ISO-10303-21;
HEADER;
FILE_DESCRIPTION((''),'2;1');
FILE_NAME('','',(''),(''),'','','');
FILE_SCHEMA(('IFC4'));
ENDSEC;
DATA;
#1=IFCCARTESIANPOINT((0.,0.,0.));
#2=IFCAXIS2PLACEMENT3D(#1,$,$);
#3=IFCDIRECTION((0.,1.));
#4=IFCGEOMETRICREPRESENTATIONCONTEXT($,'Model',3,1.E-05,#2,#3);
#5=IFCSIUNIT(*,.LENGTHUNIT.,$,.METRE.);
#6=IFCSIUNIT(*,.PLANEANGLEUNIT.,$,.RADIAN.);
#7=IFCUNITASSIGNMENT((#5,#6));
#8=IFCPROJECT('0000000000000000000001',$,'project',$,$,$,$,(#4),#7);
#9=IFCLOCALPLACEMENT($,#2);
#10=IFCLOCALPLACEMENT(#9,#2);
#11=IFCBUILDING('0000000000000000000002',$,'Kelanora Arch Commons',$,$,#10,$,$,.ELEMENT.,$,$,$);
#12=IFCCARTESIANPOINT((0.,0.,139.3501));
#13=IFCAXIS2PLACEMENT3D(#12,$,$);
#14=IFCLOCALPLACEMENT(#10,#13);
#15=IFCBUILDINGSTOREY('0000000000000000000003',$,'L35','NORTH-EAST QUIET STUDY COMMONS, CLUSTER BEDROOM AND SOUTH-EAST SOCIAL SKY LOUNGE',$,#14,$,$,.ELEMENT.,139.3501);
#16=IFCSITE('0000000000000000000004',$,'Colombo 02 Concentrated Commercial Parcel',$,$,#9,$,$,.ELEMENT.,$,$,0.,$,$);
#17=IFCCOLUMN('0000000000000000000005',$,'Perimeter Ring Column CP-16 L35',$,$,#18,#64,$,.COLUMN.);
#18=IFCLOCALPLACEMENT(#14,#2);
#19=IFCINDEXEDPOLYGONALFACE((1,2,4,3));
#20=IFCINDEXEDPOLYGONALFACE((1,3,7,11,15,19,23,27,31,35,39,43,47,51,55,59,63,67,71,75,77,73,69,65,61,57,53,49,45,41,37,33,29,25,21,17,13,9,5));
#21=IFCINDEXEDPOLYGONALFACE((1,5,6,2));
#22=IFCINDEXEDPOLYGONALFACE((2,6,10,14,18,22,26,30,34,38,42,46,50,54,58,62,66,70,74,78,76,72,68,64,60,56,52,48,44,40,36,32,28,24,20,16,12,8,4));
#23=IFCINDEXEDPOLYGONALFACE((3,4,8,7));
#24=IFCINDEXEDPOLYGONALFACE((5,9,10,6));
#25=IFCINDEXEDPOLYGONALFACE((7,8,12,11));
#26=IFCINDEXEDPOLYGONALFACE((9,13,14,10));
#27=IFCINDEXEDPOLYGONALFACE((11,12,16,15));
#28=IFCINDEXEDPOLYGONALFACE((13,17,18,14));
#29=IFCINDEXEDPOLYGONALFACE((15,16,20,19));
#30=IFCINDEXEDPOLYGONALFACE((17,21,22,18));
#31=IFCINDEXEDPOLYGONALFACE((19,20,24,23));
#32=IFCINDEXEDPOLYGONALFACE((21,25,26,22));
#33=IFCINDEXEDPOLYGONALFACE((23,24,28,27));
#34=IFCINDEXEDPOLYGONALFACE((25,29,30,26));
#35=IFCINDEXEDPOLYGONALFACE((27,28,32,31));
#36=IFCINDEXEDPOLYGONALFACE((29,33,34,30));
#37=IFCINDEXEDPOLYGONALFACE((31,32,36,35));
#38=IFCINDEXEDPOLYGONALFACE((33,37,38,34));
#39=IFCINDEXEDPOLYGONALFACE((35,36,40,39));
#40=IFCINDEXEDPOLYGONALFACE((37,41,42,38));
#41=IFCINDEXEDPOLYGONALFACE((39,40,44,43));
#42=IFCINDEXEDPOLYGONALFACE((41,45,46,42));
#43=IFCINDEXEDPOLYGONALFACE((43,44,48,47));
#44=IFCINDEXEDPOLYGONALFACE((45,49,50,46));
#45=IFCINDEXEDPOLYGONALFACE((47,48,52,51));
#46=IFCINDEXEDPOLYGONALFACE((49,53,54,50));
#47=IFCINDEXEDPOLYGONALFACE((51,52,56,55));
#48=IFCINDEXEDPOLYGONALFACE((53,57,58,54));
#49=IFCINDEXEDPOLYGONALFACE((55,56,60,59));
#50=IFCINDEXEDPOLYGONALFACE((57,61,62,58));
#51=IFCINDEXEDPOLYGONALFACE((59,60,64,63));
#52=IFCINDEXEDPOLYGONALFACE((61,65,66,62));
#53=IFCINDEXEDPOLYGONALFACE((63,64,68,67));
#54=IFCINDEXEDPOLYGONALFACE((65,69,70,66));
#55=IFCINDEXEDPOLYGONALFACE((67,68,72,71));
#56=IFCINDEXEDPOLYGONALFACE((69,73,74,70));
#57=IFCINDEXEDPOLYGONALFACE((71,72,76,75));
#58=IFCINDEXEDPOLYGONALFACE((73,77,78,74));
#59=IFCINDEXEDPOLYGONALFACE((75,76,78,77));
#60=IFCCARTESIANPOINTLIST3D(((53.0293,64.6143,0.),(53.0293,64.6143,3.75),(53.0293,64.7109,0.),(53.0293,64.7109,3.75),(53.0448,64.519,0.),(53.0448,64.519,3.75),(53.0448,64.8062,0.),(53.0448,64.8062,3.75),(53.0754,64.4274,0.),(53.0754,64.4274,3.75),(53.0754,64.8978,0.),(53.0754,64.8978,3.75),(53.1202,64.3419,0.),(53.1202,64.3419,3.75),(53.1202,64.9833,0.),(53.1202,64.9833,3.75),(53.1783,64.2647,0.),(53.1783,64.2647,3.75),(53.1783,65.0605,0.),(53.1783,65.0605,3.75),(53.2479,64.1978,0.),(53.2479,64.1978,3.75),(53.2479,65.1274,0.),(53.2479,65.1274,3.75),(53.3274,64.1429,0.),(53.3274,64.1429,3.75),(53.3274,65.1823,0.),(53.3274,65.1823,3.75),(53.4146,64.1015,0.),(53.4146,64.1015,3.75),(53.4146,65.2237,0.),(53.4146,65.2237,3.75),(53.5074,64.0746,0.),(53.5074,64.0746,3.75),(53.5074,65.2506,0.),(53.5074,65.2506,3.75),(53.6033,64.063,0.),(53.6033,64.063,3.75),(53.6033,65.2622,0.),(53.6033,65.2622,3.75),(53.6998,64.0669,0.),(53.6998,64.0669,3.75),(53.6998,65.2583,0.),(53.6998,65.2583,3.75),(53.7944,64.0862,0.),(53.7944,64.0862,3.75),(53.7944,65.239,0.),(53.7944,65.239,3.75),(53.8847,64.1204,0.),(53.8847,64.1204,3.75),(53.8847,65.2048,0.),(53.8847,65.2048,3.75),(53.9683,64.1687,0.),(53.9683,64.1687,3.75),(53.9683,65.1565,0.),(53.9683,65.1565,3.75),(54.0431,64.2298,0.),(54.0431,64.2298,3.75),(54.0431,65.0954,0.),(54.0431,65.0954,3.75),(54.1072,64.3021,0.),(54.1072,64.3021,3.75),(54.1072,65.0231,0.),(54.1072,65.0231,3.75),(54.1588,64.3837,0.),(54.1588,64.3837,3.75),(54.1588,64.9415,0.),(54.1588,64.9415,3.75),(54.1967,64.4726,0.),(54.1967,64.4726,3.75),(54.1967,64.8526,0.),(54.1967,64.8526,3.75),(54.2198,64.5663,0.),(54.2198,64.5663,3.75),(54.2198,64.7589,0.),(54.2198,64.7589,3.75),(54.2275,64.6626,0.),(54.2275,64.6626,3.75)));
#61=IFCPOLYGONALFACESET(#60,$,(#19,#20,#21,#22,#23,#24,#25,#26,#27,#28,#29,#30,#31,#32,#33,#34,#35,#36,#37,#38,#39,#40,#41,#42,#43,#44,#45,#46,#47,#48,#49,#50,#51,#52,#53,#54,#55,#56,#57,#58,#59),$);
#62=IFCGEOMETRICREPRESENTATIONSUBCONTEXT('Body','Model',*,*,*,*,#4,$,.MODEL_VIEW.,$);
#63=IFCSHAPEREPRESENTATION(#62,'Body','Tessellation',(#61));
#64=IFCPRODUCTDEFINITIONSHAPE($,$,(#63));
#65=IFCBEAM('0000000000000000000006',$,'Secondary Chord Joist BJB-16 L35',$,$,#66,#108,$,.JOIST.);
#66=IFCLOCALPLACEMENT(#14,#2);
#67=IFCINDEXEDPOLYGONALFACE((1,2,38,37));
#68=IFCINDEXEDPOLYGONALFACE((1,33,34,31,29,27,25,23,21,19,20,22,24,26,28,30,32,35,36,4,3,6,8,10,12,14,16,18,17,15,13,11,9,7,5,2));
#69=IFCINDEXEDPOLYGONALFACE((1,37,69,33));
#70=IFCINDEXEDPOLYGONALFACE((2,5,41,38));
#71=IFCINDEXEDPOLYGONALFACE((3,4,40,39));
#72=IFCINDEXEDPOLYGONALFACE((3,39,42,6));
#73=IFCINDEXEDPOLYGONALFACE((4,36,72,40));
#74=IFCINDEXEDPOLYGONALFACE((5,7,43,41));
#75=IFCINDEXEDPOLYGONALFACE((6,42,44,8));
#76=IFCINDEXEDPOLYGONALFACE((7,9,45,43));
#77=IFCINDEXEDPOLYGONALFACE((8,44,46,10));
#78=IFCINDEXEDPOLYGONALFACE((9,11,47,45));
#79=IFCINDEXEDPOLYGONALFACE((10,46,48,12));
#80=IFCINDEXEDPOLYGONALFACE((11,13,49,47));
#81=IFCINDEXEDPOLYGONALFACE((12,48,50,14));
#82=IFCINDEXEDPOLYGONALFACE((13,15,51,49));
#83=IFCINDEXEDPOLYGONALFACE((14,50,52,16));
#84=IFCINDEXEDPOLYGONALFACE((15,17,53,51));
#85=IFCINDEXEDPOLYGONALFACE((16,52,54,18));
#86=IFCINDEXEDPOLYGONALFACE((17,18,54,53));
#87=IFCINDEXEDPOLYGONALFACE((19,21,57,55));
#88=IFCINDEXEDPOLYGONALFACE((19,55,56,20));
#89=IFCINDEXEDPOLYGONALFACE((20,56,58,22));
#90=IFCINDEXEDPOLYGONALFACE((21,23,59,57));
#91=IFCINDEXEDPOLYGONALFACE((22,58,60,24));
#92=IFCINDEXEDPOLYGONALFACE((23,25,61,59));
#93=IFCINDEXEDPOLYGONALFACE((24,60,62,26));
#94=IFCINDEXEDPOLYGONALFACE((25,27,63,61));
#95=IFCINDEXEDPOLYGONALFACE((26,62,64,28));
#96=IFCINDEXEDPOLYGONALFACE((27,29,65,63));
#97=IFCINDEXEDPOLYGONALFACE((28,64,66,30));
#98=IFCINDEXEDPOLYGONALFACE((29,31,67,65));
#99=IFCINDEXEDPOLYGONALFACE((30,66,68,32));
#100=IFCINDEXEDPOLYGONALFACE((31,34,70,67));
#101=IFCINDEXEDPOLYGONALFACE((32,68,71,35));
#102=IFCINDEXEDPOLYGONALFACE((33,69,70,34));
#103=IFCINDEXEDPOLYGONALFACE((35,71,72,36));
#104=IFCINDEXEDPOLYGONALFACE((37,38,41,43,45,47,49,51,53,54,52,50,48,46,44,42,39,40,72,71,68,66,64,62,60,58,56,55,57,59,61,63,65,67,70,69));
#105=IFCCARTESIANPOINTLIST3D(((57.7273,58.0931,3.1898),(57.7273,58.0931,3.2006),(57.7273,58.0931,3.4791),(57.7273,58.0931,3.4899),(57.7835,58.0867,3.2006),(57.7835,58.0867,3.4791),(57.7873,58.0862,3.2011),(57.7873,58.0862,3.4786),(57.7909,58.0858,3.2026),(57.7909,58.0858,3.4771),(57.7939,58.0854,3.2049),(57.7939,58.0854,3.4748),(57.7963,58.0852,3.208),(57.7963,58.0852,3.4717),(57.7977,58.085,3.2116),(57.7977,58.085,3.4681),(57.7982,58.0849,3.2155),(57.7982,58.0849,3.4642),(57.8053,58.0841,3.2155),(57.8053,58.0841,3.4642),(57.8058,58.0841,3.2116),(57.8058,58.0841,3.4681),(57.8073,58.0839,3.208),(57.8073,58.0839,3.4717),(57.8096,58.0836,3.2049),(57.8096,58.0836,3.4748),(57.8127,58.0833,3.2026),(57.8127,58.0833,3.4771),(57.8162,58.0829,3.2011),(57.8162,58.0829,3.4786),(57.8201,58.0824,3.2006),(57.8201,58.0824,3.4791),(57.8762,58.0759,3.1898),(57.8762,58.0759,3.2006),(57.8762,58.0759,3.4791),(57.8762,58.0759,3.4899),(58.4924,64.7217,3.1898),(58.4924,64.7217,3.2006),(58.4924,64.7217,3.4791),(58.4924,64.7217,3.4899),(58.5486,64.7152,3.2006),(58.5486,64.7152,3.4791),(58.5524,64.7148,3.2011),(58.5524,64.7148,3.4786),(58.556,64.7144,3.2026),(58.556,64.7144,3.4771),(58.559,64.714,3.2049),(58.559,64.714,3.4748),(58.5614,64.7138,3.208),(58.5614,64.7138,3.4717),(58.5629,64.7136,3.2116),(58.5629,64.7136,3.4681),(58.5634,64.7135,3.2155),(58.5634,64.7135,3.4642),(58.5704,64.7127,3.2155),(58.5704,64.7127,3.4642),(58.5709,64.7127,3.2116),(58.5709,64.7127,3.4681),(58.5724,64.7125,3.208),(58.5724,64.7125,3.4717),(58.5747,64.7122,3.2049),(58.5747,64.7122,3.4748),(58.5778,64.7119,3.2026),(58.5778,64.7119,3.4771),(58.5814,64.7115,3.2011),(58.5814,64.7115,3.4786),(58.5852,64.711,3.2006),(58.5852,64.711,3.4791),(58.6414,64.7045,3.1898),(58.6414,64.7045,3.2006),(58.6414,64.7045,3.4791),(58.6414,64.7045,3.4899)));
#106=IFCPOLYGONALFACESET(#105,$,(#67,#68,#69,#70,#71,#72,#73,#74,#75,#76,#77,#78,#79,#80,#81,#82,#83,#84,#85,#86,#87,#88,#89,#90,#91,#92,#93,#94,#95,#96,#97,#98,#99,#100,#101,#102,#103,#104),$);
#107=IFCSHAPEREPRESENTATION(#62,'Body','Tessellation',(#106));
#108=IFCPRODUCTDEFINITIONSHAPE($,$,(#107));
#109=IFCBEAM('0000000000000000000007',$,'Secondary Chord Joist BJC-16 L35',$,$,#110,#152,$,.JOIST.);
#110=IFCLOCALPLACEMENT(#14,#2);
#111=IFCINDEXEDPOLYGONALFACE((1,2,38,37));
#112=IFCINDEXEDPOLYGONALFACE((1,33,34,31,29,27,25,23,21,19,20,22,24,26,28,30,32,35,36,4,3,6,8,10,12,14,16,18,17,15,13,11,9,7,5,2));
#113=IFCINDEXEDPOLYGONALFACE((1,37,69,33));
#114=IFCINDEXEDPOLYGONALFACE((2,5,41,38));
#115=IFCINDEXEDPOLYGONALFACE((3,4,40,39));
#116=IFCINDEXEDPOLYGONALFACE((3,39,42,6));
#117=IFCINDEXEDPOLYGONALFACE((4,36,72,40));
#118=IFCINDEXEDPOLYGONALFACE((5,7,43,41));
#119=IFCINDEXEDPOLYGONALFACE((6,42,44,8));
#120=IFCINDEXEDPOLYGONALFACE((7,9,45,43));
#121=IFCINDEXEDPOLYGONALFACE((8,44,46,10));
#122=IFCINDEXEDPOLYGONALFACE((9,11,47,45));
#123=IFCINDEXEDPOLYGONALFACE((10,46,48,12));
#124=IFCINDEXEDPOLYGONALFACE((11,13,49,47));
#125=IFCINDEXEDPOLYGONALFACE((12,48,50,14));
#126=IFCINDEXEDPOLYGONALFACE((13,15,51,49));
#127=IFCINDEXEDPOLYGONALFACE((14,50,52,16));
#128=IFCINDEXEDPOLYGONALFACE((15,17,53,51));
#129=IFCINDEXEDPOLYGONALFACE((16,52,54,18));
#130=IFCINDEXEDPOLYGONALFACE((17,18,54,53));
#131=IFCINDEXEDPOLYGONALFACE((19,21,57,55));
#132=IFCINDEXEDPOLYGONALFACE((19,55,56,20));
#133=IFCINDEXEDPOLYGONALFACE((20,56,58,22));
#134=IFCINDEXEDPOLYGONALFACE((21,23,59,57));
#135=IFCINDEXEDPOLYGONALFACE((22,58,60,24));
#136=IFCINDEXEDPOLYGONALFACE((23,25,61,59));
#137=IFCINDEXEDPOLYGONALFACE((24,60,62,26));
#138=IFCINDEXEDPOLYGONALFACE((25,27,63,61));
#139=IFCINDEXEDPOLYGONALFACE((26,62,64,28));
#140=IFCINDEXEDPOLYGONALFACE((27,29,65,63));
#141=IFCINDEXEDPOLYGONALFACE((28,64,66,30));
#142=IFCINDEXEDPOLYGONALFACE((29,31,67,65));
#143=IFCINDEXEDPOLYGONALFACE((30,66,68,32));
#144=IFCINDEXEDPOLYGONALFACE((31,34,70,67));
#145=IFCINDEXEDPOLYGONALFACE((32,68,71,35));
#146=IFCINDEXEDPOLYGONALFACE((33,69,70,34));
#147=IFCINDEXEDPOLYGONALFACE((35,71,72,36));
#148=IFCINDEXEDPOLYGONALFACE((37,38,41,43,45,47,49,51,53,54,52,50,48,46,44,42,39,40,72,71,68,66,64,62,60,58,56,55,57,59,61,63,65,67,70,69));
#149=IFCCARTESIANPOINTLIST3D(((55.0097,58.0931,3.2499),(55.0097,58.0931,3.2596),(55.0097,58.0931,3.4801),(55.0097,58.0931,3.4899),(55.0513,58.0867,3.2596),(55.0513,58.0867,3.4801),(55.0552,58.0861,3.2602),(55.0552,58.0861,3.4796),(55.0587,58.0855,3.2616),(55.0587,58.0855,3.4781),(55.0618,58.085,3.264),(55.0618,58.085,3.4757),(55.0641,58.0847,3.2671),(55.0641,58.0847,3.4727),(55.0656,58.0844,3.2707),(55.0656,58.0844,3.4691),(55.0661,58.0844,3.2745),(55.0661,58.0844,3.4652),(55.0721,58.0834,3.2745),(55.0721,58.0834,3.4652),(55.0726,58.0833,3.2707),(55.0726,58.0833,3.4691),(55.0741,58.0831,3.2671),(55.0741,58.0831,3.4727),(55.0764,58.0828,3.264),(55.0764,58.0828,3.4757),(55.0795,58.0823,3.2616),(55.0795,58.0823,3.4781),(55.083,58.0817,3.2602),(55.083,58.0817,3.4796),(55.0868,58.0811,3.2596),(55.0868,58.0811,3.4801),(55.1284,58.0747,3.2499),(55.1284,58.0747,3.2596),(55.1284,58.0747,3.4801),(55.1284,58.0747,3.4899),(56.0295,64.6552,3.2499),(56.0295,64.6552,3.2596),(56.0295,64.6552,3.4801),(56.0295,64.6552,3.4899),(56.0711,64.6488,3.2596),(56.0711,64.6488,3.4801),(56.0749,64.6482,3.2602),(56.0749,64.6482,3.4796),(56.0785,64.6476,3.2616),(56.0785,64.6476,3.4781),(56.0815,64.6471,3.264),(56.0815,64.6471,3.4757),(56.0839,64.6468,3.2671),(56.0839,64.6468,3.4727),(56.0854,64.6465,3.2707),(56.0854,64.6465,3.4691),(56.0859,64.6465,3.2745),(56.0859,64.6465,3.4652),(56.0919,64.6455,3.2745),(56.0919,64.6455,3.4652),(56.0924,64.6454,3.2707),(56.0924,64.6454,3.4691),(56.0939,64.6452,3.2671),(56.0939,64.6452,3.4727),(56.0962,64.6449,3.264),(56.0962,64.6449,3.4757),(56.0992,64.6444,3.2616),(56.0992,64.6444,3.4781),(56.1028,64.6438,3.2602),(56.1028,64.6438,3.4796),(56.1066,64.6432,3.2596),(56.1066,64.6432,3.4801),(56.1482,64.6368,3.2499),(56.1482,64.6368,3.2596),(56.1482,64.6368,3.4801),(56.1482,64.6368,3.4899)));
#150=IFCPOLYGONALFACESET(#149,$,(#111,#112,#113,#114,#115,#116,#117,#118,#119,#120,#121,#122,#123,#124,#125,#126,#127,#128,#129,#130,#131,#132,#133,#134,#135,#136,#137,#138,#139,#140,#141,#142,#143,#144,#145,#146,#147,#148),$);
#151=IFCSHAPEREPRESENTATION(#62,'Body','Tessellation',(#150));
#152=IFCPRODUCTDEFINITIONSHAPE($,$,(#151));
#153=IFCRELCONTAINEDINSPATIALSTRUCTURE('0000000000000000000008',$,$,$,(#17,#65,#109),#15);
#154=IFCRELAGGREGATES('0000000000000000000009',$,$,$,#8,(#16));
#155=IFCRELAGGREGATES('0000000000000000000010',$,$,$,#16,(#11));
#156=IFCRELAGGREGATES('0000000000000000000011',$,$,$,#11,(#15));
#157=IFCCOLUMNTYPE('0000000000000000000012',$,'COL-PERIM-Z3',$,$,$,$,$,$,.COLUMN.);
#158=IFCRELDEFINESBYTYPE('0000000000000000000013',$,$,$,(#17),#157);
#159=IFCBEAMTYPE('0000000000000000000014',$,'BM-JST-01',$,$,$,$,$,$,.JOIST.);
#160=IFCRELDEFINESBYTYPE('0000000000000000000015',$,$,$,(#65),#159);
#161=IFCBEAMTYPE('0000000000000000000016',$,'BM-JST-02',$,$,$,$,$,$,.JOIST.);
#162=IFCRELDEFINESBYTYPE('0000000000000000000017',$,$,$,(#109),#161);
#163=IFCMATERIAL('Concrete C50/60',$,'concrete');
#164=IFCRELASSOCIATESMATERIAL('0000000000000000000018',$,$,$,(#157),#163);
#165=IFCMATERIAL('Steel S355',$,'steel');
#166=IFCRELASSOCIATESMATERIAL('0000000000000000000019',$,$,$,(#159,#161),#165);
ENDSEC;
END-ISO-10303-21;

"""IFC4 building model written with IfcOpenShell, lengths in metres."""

from ifc_helpers import new_model, si_unit, direction, frame, origin, origin_2d, place, context, subcontext, project, spatial, circle, i_section, extrude, material, material_profile, profile_set, type_object, element, save


model = new_model("IFC4")

# Units and contexts
model_context = context("Model", 3, precision=1e-05, world=origin(), true_north=direction((0.0, 1.0)))
body_context = subcontext(model_context, "Body", "Model", "MODEL_VIEW")
ifc_project = project(units=[si_unit("LENGTHUNIT", "METRE"), si_unit("PLANEANGLEUNIT", "RADIAN")], contexts=[model_context])

# Site, building, storey
site_placement = place(None, origin())
site = spatial("IfcSite", under=ifc_project, at=site_placement, Name="Colombo 02 Concentrated Commercial Parcel", CompositionType="ELEMENT", RefElevation=0.0)
building_placement = place(site_placement, origin())
building = spatial("IfcBuilding", under=site, at=building_placement, Name="Kelanora Arch Commons", CompositionType="ELEMENT")
storey_placement = place(building_placement, frame((0.0, 0.0, 139.3501)))
storey = spatial("IfcBuildingStorey", under=building, at=storey_placement, Name="L35", Description="NORTH-EAST QUIET STUDY COMMONS, CLUSTER BEDROOM AND SOUTH-EAST SOCIAL SKY LOUNGE", CompositionType="ELEMENT", Elevation=139.3501)

# Column
ifc_material_1 = material(Name="Concrete C50/60", Category="concrete")
ifc_material_profile_1 = material_profile(ifc_material_1, circle(Radius=0.6001, at=origin_2d()), Name="RCC1200")
ifc_profile_set_1 = profile_set([ifc_material_profile_1], Name="Concrete C50/60")
column_type = type_object("IfcColumnType", Name="COL-PERIM-Z3", PredefinedType="COLUMN", material=ifc_profile_set_1)
column_placement = place(storey_placement, frame((53.6274, 64.6626, 0.0), z_axis=(0.0, 0.0, 1.0), x_axis=(1.0, 0.0, 0.0)))
element("IfcColumn", 1, at=column_placement, inside=storey, type_object=column_type, Name="Perimeter Ring Column CP-16 L35", PredefinedType="COLUMN", context=body_context, shape_type="SweptSolid", body=[
    extrude(circle(Radius=0.6001, at=origin_2d()), origin(), (0.0, 0.0, 1.0), 3.75),
])

# Beams
ifc_material_2 = material(Name="Steel S355", Category="steel")
ifc_material_profile_2 = material_profile(ifc_material_2, i_section(OverallWidth=0.1499, OverallDepth=0.3, WebThickness=0.0071, FlangeThickness=0.0107, FilletRadius=0.0149, at=origin_2d()), Name="IPE300")
ifc_profile_set_2 = profile_set([ifc_material_profile_2], Name="Steel S355")
beam_type_1 = type_object("IfcBeamType", Name="BM-JST-01", PredefinedType="JOIST", material=ifc_profile_set_2)
beam_1_placement = place(storey_placement, frame((58.5669, 64.7131, 3.3398), z_axis=(-0.114667, -0.993404, 0.0), x_axis=(0.993404, -0.114667, 0.0)))
element("IfcBeam", 2, at=beam_1_placement, inside=storey, type_object=beam_type_1, Name="Secondary Chord Joist BJB-16 L35", PredefinedType="JOIST", context=body_context, shape_type="SweptSolid", body=[
    extrude(i_section(OverallWidth=0.1499, OverallDepth=0.3, WebThickness=0.0071, FlangeThickness=0.0107, FilletRadius=0.0149, at=origin_2d()), origin(), (0.0, 0.0, 1.0), 6.6726),
])
ifc_material_profile_3 = material_profile(ifc_material_2, i_section(OverallWidth=0.1201, OverallDepth=0.24, WebThickness=0.0061, FlangeThickness=0.0098, FilletRadius=0.0149, at=origin_2d()), Name="IPE240")
ifc_profile_set_3 = profile_set([ifc_material_profile_3], Name="Steel S355")
beam_type_2 = type_object("IfcBeamType", Name="BM-JST-02", PredefinedType="JOIST", material=ifc_profile_set_3)
beam_2_placement = place(storey_placement, frame((56.0889, 64.646, 3.3699), z_axis=(-0.153563, -0.988139, 0.0), x_axis=(0.988139, -0.153563, 0.0)))
element("IfcBeam", 3, at=beam_2_placement, inside=storey, type_object=beam_type_2, Name="Secondary Chord Joist BJC-16 L35", PredefinedType="JOIST", context=body_context, shape_type="SweptSolid", body=[
    extrude(i_section(OverallWidth=0.1201, OverallDepth=0.24, WebThickness=0.0061, FlangeThickness=0.0098, FilletRadius=0.0149, at=origin_2d()), origin(), (0.0, 0.0, 1.0), 6.6409),
])

save(model, "model.ifc")
